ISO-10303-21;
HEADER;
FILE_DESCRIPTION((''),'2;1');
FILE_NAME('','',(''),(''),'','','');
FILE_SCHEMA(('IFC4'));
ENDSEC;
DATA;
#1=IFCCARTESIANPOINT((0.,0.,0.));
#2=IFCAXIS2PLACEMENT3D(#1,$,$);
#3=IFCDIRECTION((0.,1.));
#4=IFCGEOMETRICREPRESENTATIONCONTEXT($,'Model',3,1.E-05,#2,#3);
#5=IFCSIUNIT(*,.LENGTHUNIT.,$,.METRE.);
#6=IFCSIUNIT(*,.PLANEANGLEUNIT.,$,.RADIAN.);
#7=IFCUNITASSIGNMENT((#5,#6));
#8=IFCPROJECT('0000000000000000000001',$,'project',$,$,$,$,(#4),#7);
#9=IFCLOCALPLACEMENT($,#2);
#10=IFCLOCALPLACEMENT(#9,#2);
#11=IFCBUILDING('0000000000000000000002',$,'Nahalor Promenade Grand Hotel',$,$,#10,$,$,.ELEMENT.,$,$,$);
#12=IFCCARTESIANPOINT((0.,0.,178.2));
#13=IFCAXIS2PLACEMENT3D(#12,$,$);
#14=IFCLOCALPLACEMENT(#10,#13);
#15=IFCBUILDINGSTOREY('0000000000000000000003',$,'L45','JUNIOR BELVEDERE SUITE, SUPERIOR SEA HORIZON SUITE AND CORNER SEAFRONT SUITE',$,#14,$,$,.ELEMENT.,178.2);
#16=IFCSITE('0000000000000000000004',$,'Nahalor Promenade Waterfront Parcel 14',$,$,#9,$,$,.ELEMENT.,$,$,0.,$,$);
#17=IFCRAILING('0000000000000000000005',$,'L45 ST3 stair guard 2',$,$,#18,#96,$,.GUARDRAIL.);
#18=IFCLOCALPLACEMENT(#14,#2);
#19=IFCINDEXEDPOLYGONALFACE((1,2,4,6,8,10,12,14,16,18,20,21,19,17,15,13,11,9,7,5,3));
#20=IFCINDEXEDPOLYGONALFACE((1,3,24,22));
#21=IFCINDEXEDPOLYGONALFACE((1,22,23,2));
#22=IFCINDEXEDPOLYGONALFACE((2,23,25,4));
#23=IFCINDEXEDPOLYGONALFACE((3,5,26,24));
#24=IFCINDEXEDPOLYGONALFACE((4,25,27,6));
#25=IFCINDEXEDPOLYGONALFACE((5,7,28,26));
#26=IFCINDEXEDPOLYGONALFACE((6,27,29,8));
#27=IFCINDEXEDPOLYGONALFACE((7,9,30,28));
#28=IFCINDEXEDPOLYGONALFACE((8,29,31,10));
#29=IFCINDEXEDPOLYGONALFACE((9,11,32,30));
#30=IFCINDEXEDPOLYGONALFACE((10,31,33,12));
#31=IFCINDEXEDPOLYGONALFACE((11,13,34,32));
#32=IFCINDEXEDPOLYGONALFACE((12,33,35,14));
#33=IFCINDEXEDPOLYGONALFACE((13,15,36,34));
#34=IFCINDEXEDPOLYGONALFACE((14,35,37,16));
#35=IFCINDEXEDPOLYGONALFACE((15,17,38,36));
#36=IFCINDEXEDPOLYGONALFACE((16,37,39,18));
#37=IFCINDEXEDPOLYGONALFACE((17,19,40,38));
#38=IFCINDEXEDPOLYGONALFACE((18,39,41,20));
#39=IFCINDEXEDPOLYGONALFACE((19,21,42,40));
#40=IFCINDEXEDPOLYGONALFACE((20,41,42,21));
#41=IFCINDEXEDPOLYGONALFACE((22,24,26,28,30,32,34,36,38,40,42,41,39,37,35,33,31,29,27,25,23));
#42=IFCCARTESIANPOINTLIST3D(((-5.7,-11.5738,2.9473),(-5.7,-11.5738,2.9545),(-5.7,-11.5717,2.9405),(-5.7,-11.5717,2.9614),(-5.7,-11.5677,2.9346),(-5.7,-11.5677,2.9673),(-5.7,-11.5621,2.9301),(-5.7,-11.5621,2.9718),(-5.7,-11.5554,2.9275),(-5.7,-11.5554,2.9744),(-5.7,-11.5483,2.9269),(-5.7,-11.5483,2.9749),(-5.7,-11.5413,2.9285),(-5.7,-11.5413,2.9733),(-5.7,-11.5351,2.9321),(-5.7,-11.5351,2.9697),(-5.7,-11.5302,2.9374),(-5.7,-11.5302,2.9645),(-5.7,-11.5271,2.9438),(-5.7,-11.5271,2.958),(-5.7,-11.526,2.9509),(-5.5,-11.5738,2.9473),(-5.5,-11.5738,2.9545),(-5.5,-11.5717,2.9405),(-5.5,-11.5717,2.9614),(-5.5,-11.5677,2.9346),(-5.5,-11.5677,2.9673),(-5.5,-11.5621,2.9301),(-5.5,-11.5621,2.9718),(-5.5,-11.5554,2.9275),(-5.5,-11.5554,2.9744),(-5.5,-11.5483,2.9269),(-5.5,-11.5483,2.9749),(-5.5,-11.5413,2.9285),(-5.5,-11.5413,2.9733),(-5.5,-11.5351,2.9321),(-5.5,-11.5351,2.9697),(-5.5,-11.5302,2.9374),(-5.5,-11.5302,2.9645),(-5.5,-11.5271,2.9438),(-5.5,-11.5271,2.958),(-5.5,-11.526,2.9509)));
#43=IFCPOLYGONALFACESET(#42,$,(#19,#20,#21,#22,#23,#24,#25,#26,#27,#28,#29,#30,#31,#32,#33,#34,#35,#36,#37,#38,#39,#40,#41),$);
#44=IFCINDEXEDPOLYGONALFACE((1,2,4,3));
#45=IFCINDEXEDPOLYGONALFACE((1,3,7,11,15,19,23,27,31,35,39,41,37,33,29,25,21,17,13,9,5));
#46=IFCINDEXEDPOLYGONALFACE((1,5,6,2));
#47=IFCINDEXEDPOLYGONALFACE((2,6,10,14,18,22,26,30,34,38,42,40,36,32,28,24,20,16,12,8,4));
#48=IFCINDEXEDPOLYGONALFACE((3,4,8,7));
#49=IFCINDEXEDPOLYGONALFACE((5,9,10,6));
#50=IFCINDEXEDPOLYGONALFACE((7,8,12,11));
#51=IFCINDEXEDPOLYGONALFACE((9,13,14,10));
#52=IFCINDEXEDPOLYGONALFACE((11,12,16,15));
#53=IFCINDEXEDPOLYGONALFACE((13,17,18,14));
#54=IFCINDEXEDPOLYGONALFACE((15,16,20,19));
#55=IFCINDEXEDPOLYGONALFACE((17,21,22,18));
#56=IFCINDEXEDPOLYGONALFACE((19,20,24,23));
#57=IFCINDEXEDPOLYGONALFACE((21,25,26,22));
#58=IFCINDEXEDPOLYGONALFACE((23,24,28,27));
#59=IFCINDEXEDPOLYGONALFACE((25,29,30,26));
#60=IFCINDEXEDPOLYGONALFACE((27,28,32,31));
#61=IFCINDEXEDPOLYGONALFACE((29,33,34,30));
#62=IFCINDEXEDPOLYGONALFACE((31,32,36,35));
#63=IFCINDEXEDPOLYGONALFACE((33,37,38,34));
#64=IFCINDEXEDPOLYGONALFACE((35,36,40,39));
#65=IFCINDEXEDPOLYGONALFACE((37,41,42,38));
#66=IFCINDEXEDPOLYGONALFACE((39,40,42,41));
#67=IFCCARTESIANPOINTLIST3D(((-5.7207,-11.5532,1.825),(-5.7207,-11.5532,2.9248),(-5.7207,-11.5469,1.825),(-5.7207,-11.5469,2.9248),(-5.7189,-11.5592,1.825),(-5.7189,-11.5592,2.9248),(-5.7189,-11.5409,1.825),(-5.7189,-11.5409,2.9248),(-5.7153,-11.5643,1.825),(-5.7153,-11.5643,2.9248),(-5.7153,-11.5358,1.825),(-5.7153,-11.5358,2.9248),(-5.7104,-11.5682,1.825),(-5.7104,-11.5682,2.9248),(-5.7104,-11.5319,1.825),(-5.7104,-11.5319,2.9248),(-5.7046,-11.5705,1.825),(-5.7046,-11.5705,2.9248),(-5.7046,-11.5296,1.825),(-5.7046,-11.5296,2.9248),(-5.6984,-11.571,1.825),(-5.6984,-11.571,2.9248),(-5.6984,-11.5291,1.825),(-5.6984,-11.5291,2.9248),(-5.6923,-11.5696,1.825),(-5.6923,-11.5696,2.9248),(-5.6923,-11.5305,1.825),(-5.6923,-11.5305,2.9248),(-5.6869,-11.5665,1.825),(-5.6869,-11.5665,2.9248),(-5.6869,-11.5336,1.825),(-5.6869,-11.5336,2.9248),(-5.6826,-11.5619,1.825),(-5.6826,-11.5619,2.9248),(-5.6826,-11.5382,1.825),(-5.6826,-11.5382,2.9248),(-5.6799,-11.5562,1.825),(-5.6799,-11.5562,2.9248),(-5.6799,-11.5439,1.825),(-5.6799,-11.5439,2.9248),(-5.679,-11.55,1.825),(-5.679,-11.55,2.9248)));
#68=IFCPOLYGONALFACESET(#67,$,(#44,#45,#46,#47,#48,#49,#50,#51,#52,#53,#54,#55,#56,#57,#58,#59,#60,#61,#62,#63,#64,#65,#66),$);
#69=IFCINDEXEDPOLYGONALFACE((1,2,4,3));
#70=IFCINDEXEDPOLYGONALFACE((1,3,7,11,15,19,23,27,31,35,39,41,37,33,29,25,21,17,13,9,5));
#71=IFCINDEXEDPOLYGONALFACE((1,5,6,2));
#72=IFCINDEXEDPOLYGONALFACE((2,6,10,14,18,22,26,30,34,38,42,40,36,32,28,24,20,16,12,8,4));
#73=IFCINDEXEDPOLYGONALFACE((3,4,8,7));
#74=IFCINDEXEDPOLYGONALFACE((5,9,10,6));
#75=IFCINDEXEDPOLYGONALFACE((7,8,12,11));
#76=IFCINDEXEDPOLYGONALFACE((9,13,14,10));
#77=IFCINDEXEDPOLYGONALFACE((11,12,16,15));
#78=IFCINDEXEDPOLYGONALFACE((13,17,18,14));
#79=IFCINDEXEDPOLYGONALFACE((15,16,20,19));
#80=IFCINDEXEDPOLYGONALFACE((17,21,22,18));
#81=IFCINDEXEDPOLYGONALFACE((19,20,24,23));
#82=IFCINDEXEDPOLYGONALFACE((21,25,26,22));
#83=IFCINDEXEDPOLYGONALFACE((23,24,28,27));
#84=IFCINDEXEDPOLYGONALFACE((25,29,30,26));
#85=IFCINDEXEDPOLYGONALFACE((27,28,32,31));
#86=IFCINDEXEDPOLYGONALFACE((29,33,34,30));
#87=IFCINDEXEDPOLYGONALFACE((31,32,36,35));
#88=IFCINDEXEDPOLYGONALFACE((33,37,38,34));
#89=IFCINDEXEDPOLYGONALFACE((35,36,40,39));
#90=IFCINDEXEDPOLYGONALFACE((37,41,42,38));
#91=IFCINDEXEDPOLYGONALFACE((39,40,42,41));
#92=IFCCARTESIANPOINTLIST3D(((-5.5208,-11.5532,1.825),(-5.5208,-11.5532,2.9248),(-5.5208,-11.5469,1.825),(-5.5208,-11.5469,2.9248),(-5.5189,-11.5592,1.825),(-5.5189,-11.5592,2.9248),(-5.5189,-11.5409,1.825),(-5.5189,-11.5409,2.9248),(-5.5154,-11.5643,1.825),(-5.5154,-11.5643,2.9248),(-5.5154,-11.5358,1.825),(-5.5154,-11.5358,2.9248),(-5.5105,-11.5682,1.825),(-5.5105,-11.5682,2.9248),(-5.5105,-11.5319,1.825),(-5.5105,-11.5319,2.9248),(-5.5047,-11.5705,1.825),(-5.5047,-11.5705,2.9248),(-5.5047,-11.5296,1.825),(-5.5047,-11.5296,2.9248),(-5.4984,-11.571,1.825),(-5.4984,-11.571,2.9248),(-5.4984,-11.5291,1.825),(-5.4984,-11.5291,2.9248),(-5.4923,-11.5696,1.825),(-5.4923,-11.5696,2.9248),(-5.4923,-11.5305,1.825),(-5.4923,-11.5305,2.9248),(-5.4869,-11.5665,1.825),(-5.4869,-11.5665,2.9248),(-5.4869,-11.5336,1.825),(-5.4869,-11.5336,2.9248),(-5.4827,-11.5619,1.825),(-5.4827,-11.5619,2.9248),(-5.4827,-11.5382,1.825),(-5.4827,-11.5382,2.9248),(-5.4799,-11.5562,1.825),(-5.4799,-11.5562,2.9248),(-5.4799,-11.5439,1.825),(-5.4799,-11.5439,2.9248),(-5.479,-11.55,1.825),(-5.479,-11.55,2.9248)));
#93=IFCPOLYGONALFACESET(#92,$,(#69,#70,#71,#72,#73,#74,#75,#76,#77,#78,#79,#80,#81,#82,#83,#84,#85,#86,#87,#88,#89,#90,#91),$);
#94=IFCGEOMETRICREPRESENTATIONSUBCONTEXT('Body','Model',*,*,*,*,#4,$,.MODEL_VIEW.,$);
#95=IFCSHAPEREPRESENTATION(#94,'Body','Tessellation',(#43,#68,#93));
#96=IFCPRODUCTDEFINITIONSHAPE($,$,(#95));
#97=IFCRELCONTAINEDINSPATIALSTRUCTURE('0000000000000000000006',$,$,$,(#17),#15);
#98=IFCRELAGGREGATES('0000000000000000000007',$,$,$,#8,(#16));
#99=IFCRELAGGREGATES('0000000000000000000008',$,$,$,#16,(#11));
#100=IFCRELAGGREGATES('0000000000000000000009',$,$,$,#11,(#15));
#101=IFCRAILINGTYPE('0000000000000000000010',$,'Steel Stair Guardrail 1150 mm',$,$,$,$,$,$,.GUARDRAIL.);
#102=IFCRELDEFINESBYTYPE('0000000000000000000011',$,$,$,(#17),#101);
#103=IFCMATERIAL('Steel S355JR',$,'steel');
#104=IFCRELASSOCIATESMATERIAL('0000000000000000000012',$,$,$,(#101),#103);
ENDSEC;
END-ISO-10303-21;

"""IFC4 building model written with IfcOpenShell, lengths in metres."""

from ifc_helpers import new_model, si_unit, direction, frame, origin, origin_2d, place, context, subcontext, project, spatial, circle, extrude, material, type_object, element, save


model = new_model("IFC4")

# Units and contexts
model_context = context("Model", 3, precision=1e-05, world=origin(), true_north=direction((0.0, 1.0)))
body_context = subcontext(model_context, "Body", "Model", "MODEL_VIEW")
ifc_project = project(units=[si_unit("LENGTHUNIT", "METRE"), si_unit("PLANEANGLEUNIT", "RADIAN")], contexts=[model_context])

# Site, building, storey
site_placement = place(None, origin())
site = spatial("IfcSite", under=ifc_project, at=site_placement, Name="Nahalor Promenade Waterfront Parcel 14", CompositionType="ELEMENT", RefElevation=0.0)
building_placement = place(site_placement, origin())
building = spatial("IfcBuilding", under=site, at=building_placement, Name="Nahalor Promenade Grand Hotel", CompositionType="ELEMENT")
storey_placement = place(building_placement, frame((0.0, 0.0, 178.2)))
storey = spatial("IfcBuildingStorey", under=building, at=storey_placement, Name="L45", Description="JUNIOR BELVEDERE SUITE, SUPERIOR SEA HORIZON SUITE AND CORNER SEAFRONT SUITE", CompositionType="ELEMENT", Elevation=178.2)

# Shared definitions
ifc_material_1 = material(Name="Steel S355JR", Category="steel")

# Railing
railing_type_1 = type_object("IfcRailingType", Name="Steel Stair Guardrail 1150 mm", PredefinedType="GUARDRAIL", material=ifc_material_1)
railing_1_placement = place(storey_placement, frame((-5.7, -11.55, 1.825)))
element("IfcRailing", 1, at=railing_1_placement, inside=storey, type_object=railing_type_1, Name="L45 ST3 stair guard 2", PredefinedType="GUARDRAIL", context=body_context, shape_type="SweptSolid", body=[
    extrude(circle(Radius=0.024, at=origin_2d()), frame((0.0, 0.0, 1.126), z_axis=(1.0, 0.0, 0.0), x_axis=(0.0, 1.0, 0.0)), (0.0, 0.0, 1.0), 0.2),
    extrude(circle(Radius=0.021, at=origin_2d()), origin(), (0.0, 0.0, 1.0), 1.0999),
    extrude(circle(Radius=0.021, at=origin_2d()), frame((0.2, 0.0, 0.0)), (0.0, 0.0, 1.0), 1.0999),
])

save(model, "model.ifc")
